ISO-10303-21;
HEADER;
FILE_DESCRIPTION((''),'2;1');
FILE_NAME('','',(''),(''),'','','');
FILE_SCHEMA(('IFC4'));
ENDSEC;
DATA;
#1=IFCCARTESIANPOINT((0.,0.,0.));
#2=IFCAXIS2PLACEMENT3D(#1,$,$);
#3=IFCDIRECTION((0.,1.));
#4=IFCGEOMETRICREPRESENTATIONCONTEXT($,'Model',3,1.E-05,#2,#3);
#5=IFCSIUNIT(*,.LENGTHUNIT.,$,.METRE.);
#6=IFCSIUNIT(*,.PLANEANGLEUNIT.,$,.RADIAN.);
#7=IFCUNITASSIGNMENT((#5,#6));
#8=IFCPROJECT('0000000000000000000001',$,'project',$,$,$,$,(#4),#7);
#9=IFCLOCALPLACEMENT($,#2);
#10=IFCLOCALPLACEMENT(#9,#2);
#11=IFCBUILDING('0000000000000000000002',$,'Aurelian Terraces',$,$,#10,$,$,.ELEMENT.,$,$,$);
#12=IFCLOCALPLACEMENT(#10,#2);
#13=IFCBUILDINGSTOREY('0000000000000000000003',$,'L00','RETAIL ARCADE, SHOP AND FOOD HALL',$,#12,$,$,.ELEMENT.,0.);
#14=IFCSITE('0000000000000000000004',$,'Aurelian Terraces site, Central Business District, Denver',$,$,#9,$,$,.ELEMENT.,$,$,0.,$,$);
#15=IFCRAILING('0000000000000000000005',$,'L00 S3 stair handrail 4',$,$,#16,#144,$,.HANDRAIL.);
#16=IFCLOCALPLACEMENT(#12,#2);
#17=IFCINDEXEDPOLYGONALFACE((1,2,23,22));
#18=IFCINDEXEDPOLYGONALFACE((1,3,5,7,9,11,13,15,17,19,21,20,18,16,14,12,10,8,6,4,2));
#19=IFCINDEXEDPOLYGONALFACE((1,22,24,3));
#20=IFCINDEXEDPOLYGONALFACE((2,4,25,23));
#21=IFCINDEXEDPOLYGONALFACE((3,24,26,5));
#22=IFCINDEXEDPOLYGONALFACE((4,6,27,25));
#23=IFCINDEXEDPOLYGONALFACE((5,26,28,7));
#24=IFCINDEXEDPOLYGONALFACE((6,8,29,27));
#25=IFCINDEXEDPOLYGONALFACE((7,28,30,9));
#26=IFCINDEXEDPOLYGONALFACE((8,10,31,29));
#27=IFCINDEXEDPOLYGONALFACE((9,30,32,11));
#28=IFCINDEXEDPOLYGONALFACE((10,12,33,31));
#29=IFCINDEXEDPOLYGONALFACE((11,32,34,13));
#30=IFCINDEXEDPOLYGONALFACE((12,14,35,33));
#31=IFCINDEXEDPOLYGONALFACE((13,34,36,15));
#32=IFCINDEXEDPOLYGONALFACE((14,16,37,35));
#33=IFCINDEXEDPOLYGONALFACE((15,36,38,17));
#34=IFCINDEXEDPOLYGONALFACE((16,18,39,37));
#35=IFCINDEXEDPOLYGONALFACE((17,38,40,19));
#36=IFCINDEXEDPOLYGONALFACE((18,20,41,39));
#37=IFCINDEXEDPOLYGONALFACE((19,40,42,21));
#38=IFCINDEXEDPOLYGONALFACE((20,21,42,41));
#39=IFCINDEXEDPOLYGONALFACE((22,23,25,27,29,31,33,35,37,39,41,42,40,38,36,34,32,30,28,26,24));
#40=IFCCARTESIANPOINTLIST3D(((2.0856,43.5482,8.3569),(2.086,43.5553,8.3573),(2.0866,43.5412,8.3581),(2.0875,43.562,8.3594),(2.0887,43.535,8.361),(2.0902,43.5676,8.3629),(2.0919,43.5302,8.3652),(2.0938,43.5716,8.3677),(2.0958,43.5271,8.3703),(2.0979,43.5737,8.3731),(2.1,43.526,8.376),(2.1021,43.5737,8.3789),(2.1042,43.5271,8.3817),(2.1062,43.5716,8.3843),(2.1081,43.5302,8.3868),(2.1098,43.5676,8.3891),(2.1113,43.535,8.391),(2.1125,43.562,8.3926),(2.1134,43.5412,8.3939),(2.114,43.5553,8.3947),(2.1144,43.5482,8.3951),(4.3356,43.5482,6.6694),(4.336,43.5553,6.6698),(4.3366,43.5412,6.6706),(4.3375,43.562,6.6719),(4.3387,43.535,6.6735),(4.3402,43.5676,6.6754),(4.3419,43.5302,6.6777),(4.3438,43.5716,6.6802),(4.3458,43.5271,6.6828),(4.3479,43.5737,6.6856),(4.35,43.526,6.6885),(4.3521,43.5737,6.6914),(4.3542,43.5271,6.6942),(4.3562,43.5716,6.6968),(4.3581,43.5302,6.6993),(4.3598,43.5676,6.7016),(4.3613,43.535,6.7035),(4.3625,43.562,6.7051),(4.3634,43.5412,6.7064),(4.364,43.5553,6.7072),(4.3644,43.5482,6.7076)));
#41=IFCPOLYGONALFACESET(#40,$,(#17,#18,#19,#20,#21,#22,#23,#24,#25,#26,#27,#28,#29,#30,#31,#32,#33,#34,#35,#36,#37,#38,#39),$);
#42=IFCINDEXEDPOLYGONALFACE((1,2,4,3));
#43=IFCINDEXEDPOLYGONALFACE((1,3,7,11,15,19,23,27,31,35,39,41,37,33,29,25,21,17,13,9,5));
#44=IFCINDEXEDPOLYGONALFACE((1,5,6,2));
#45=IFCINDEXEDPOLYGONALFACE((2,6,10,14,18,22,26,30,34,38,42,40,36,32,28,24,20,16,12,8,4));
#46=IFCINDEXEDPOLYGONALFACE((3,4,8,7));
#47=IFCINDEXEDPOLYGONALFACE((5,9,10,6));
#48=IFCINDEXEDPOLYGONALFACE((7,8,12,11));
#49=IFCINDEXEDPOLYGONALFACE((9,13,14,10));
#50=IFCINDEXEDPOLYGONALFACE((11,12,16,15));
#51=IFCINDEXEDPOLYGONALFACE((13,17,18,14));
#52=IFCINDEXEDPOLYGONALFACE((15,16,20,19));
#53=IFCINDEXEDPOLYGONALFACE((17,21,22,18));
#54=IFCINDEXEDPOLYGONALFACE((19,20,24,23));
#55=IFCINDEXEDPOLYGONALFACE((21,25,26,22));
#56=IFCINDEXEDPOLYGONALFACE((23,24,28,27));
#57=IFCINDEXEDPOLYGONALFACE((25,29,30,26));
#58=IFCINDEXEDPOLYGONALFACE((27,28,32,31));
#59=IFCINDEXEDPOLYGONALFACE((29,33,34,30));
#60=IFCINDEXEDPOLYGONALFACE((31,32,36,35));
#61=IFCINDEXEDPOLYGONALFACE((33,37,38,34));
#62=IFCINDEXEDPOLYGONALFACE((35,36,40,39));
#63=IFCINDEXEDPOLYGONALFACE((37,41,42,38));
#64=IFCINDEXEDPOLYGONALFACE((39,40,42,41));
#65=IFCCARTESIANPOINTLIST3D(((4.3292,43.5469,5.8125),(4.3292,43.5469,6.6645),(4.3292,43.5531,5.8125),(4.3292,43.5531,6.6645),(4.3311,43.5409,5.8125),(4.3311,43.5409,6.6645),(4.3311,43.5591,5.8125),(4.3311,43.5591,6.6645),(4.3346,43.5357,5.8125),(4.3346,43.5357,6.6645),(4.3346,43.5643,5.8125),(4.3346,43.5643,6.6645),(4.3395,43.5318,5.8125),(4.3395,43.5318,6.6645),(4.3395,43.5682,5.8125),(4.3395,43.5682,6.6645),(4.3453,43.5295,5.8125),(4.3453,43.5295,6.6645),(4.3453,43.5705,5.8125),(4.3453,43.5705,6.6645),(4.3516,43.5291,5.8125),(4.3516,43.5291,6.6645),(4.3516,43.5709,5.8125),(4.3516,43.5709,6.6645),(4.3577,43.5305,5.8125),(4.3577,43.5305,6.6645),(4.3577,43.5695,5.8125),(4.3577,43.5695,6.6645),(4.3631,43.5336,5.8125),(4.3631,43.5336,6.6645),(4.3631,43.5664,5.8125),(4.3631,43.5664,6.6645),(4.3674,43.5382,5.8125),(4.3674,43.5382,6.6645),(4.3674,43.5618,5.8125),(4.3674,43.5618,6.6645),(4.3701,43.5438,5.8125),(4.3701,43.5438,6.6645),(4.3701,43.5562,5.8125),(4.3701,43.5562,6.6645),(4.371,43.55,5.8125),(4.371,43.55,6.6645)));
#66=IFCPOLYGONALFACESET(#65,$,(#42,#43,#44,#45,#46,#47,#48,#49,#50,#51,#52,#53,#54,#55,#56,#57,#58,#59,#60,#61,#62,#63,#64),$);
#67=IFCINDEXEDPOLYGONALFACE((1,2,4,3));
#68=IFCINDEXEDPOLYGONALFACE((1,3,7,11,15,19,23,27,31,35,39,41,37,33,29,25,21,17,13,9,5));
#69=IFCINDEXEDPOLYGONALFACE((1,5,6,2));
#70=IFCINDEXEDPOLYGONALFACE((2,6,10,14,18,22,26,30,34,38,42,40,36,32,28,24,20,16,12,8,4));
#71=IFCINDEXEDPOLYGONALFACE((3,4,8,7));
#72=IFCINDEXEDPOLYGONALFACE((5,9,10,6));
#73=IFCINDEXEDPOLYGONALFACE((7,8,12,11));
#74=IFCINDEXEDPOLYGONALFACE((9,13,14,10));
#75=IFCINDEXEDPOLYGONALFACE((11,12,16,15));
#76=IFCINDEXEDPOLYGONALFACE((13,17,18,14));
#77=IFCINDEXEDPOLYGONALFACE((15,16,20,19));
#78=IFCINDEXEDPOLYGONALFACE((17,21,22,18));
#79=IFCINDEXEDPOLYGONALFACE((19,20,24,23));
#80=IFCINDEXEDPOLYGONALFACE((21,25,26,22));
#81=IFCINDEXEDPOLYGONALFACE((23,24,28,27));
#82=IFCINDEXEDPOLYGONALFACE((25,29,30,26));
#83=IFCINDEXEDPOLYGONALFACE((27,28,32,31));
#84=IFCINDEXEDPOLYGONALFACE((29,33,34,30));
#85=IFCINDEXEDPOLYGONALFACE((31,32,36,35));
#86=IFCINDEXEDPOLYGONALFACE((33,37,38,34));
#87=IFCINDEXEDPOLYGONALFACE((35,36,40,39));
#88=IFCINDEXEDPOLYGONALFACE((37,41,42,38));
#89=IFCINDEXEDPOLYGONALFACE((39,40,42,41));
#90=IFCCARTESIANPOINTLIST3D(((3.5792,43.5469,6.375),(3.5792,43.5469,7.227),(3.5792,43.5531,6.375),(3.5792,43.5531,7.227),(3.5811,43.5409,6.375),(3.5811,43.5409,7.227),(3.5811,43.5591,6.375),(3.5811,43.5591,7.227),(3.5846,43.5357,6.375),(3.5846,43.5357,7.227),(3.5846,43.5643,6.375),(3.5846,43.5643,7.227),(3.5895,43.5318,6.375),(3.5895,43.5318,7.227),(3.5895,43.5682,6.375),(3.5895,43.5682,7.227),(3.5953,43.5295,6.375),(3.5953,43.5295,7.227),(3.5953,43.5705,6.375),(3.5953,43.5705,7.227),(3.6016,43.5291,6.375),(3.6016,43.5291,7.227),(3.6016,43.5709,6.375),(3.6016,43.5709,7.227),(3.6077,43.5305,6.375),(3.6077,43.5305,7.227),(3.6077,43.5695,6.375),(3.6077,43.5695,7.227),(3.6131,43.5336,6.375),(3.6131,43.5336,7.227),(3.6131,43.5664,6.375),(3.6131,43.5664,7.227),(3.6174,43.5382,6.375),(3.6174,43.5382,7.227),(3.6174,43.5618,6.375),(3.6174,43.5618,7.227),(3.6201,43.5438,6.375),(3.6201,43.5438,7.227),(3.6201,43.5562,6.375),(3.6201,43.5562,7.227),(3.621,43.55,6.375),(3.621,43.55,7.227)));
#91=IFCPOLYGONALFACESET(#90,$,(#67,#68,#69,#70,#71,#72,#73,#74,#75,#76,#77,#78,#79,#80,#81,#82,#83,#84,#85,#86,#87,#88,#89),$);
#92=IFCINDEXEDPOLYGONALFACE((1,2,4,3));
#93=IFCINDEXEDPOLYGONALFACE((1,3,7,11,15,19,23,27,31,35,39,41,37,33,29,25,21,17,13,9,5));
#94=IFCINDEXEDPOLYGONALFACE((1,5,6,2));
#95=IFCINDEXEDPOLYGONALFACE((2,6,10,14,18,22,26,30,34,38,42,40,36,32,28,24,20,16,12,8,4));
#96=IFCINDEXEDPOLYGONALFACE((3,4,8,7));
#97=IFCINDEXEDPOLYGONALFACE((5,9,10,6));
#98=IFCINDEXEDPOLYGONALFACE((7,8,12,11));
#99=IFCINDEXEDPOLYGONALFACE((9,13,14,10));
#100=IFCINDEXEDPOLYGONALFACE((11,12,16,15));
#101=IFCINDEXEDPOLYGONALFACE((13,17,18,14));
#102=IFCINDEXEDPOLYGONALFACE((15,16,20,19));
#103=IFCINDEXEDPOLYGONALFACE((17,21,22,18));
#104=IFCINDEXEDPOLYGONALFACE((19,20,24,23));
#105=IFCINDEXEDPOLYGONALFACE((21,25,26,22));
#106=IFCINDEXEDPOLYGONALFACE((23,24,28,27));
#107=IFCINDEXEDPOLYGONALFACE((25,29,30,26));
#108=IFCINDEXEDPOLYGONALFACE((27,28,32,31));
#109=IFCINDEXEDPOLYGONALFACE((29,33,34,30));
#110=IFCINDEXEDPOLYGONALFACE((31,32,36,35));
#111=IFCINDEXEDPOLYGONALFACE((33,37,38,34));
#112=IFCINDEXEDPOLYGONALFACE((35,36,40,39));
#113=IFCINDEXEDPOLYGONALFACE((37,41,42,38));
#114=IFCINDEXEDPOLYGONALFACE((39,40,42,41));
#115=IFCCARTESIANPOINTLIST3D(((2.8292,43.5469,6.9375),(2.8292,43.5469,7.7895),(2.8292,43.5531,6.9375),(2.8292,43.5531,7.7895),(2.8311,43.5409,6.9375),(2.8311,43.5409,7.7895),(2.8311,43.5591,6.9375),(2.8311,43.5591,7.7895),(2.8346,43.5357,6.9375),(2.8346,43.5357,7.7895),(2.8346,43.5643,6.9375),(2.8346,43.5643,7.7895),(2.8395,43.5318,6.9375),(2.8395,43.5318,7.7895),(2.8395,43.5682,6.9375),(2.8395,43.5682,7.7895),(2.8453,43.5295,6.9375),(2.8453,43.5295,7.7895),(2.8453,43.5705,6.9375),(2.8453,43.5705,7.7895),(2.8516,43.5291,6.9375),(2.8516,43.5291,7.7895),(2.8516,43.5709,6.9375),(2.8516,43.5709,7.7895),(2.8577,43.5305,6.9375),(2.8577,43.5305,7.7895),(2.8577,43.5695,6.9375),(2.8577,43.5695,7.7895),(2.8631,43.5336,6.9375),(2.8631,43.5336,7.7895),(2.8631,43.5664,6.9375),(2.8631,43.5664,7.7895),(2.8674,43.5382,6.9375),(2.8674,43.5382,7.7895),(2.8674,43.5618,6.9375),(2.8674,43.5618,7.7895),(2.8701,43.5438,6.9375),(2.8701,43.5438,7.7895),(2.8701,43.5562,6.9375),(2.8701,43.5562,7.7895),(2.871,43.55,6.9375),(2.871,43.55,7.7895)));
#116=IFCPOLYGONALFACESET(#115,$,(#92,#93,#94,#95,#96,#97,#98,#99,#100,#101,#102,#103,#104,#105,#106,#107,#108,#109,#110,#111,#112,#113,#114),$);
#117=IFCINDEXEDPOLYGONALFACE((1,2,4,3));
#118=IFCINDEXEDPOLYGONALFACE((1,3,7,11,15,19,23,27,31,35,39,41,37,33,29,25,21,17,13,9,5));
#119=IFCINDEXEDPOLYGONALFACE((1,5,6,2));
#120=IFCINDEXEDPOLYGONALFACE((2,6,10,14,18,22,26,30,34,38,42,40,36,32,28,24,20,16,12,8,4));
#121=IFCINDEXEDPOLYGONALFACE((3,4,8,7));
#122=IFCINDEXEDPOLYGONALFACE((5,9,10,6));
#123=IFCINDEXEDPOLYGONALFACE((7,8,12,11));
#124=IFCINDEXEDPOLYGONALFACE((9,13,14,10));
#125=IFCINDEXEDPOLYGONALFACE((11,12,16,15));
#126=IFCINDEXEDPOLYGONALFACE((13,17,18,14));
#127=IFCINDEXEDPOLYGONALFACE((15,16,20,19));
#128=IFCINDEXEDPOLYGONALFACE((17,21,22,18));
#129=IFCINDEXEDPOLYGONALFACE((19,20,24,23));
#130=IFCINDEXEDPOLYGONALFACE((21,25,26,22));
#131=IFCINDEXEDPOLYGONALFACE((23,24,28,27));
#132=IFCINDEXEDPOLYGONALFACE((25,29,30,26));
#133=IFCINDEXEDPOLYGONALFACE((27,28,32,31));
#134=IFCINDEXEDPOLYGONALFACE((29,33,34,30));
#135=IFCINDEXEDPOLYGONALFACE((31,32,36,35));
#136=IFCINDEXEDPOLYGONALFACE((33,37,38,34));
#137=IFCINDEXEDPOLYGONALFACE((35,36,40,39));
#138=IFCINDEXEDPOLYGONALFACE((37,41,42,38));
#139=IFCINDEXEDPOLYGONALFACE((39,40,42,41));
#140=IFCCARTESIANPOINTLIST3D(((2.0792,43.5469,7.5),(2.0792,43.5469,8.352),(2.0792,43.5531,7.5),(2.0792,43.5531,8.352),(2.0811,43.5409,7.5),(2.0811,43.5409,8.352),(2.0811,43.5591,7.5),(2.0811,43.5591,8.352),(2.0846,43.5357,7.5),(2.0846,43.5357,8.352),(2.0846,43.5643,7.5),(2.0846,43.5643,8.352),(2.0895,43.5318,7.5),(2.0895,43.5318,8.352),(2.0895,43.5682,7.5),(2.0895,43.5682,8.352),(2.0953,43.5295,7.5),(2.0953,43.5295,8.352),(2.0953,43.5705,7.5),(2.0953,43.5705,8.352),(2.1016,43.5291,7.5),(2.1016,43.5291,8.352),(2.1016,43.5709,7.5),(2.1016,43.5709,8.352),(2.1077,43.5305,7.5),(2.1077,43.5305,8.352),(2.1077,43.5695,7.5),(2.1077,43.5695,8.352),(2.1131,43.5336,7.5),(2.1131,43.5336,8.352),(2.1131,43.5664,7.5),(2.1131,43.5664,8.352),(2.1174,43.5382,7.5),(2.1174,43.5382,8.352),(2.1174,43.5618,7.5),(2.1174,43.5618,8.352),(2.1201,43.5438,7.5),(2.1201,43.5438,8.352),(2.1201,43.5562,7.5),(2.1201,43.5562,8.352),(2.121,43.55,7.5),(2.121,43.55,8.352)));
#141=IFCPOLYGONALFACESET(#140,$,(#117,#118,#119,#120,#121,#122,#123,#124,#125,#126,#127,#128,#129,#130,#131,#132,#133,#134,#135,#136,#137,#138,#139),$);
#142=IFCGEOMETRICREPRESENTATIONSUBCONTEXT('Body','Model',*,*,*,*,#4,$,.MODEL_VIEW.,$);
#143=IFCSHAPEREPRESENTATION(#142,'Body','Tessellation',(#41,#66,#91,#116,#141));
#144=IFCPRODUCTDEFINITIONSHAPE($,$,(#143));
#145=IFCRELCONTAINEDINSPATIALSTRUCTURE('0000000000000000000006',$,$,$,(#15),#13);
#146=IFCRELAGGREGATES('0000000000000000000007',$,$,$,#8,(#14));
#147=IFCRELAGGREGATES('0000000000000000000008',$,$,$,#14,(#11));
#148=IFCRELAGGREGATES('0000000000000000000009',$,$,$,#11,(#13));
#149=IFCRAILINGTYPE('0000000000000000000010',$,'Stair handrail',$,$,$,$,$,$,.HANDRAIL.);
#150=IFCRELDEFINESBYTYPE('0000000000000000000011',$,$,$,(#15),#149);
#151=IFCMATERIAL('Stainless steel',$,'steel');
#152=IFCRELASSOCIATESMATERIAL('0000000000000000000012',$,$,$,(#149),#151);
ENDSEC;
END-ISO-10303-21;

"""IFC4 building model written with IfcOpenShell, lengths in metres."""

from ifc_helpers import new_model, si_unit, direction, frame, origin, origin_2d, place, context, subcontext, project, spatial, circle, extrude, source, transform, mapped, material, type_object, element, save


model = new_model("IFC4")

# Units and contexts
model_context = context("Model", 3, precision=1e-05, world=origin(), true_north=direction((0.0, 1.0)))
body_context = subcontext(model_context, "Body", "Model", "MODEL_VIEW")
ifc_project = project(units=[si_unit("LENGTHUNIT", "METRE"), si_unit("PLANEANGLEUNIT", "RADIAN")], contexts=[model_context])

# Site, building, storey
site_placement = place(None, origin())
site = spatial("IfcSite", under=ifc_project, at=site_placement, Name="Aurelian Terraces site, Central Business District, Denver", CompositionType="ELEMENT", RefElevation=0.0)
building_placement = place(site_placement, origin())
building = spatial("IfcBuilding", under=site, at=building_placement, Name="Aurelian Terraces", CompositionType="ELEMENT")
storey_placement = place(building_placement, origin())
storey = spatial("IfcBuildingStorey", under=building, at=storey_placement, Name="L00", Description="RETAIL ARCADE, SHOP AND FOOD HALL", CompositionType="ELEMENT", Elevation=0.0)

# Railing
ifc_material_1 = material(Name="Stainless steel", Category="steel")
railing_type_1 = type_object("IfcRailingType", Name="Stair handrail", PredefinedType="HANDRAIL", material=ifc_material_1)
shared_shape_1 = source(origin(), body_context, "Body", "SweptSolid", [
    extrude(circle(Radius=0.024, at=origin_2d()), frame((0.0, 0.0, 0.876), z_axis=(-0.8, 0.0, 0.6), x_axis=(0.0, -1.0, 0.0)), (0.0, 0.0, 1.0), 2.8125),
    extrude(circle(Radius=0.021, at=origin_2d()), origin(), (0.0, 0.0, 1.0), 0.852),
    extrude(circle(Radius=0.021, at=origin_2d()), frame((-0.75, 0.0, 0.5625)), (0.0, 0.0, 1.0), 0.852),
    extrude(circle(Radius=0.021, at=origin_2d()), frame((-1.5, 0.0, 1.125)), (0.0, 0.0, 1.0), 0.852),
    extrude(circle(Radius=0.021, at=origin_2d()), frame((-2.25, 0.0, 1.6875)), (0.0, 0.0, 1.0), 0.852),
])
railing_1_placement = place(storey_placement, frame((4.35, 43.55, 5.8125)))
element("IfcRailing", 1, at=railing_1_placement, inside=storey, type_object=railing_type_1, Name="L00 S3 stair handrail 4", PredefinedType="HANDRAIL", context=body_context, shape_type="MappedRepresentation", body=[
    mapped(shared_shape_1, transform((0.0, 0.0, 0.0), scale=1.0)),
])

save(model, "model.ifc")
